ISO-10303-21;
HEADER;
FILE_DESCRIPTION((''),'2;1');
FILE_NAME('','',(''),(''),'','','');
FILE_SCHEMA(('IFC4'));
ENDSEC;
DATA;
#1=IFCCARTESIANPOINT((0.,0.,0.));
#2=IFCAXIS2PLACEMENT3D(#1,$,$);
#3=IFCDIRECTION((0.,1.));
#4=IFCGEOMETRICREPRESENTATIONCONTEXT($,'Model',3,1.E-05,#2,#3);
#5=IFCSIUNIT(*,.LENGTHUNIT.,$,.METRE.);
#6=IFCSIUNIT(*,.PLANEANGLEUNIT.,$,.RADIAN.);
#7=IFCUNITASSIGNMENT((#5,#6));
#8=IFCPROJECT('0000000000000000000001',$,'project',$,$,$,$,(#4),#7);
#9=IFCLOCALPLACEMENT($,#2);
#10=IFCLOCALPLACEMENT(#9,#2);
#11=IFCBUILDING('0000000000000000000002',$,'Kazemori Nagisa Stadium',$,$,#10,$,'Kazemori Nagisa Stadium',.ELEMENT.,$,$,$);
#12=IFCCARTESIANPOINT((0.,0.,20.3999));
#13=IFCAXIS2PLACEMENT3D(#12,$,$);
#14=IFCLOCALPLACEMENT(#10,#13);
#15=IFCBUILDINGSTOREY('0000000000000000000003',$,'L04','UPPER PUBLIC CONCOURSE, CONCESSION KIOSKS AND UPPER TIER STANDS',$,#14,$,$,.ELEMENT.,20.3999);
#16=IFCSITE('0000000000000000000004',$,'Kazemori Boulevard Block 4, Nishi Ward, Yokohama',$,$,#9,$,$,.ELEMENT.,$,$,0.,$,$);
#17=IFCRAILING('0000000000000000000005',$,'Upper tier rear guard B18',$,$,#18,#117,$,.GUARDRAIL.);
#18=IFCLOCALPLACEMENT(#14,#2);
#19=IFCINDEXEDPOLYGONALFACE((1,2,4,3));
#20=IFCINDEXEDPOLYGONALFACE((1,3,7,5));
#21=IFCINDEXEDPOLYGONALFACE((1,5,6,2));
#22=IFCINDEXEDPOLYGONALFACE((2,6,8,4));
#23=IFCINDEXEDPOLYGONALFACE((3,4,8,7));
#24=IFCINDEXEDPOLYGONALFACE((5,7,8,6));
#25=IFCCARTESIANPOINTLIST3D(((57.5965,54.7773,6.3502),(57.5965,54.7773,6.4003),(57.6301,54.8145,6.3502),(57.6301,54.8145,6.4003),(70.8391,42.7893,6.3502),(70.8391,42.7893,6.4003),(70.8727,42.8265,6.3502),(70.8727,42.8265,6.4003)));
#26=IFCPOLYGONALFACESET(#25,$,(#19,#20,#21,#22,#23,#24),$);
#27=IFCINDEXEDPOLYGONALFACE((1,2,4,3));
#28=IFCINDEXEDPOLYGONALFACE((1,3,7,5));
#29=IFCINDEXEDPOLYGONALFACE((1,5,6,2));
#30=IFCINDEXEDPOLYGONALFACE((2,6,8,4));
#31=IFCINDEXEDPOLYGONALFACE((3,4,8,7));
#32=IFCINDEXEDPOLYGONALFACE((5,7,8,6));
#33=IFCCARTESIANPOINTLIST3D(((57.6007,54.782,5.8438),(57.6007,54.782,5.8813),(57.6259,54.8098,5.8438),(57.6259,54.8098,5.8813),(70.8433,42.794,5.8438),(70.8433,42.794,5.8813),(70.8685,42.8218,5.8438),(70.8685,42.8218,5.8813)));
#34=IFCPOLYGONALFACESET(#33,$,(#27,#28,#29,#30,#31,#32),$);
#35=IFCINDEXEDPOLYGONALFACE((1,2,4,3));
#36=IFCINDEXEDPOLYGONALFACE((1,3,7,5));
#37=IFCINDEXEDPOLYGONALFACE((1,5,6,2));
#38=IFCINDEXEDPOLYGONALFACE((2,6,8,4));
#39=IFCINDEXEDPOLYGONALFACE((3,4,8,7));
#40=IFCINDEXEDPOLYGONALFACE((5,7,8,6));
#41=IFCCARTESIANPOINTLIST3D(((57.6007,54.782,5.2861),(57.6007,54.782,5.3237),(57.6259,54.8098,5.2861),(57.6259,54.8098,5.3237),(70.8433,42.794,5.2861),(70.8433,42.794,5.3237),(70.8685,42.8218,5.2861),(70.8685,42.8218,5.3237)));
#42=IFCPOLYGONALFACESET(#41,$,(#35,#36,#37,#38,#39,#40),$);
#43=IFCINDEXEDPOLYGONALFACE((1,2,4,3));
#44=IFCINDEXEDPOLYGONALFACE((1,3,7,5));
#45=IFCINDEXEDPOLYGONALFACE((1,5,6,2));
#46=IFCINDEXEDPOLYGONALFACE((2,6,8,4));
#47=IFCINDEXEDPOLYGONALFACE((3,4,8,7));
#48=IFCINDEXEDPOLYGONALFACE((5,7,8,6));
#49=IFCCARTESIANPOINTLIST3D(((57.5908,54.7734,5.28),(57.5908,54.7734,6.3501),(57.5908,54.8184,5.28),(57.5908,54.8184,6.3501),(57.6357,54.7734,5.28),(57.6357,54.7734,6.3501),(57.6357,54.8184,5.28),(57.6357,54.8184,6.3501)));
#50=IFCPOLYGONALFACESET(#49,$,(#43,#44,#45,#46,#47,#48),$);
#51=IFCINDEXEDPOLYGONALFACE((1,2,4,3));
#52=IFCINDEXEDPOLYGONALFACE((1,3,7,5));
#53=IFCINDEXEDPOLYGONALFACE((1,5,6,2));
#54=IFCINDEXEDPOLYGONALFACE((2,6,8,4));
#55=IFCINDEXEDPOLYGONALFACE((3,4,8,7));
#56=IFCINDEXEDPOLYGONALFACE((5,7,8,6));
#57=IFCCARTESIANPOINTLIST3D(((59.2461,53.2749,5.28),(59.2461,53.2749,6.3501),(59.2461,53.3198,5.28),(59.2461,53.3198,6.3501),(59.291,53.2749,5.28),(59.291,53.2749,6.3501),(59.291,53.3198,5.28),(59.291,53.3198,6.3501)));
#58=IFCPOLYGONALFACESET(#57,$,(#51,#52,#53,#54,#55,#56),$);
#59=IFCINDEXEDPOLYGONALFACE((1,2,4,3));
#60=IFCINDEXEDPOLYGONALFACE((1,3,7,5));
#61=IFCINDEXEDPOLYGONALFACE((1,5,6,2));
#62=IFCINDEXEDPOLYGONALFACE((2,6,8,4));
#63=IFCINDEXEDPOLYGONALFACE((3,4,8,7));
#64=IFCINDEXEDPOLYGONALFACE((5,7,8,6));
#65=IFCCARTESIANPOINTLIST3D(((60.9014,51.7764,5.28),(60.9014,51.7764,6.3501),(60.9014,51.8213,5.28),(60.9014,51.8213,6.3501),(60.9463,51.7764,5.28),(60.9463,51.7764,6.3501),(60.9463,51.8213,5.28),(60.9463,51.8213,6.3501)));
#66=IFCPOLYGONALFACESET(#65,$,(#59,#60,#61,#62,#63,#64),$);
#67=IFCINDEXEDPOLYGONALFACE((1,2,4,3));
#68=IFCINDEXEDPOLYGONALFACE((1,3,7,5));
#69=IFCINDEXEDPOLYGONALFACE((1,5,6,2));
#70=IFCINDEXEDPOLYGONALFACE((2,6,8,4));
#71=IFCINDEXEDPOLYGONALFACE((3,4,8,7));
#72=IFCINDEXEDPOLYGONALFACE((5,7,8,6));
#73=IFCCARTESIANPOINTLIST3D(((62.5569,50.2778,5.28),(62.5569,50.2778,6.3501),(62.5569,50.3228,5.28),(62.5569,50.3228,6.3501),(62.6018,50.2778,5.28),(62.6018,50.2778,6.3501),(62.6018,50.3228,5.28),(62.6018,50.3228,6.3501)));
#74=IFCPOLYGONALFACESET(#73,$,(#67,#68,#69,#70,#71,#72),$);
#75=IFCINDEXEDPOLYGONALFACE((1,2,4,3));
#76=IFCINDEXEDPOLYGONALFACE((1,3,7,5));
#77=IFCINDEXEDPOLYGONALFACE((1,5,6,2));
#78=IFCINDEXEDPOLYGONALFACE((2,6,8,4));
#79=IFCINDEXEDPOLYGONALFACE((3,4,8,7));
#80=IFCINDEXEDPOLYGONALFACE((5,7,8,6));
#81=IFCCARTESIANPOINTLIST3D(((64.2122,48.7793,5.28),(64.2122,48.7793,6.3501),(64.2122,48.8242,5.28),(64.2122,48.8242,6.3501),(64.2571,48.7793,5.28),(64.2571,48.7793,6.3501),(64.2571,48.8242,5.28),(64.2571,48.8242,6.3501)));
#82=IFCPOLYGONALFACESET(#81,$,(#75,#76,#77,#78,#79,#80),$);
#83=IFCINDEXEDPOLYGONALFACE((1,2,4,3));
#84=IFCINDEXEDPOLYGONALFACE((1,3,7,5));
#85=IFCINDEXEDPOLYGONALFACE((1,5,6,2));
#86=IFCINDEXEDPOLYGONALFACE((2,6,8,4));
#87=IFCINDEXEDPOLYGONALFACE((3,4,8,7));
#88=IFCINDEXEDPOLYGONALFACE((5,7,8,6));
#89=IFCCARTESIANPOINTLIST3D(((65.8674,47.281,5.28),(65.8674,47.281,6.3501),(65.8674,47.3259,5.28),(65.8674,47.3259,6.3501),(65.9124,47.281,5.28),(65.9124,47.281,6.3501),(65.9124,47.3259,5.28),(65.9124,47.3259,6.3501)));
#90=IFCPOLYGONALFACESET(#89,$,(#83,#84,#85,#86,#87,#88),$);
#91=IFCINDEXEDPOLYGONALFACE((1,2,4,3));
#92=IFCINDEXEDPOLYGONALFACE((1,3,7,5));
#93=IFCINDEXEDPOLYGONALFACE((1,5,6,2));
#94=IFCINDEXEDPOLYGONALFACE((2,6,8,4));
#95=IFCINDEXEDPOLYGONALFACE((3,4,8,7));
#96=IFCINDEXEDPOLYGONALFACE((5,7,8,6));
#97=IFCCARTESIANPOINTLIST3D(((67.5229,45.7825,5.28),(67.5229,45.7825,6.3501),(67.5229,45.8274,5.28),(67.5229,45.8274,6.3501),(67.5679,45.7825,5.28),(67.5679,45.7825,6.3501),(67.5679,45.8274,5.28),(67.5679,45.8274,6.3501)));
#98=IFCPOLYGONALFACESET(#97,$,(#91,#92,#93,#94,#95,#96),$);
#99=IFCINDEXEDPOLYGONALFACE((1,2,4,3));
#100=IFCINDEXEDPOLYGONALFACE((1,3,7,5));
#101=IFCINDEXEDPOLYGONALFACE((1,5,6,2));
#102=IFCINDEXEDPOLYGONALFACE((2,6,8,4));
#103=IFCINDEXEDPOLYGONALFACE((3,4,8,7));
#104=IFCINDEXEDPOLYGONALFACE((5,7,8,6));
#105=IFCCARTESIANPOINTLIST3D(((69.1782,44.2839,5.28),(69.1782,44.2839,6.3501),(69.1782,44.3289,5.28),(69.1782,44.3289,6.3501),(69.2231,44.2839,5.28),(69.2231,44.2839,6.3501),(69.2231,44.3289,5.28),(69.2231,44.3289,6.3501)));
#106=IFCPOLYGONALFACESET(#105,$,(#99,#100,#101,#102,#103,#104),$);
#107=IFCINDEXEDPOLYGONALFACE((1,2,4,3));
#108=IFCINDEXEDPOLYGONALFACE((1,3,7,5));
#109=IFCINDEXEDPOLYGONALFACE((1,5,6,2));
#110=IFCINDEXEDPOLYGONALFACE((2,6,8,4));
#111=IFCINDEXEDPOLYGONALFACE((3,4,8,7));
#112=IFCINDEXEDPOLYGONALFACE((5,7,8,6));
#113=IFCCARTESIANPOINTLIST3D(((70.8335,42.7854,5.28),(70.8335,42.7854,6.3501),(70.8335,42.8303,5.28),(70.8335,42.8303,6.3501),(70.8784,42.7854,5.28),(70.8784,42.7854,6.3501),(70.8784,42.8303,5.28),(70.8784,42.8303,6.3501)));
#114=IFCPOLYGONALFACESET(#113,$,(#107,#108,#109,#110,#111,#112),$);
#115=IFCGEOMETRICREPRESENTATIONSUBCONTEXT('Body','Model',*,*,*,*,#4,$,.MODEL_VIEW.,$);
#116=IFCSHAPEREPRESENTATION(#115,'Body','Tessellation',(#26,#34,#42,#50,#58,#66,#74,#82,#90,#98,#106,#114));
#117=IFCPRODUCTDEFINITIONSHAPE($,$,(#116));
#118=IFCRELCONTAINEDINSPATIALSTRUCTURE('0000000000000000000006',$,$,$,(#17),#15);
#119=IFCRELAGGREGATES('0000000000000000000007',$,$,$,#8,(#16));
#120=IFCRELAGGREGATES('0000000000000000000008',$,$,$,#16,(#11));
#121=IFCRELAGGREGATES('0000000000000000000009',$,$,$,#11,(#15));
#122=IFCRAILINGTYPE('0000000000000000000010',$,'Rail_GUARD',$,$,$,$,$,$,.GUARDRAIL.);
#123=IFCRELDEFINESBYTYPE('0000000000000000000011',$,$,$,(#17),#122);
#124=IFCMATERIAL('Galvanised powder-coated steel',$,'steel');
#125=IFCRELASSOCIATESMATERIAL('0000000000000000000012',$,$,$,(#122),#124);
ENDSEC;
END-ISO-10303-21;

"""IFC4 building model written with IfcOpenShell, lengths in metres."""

from ifc_helpers import new_model, si_unit, direction, frame, origin, origin_2d, place, context, subcontext, project, spatial, rectangle, extrude, material, type_object, element, save


model = new_model("IFC4")

# Units and contexts
model_context = context("Model", 3, precision=1e-05, world=origin(), true_north=direction((0.0, 1.0)))
body_context = subcontext(model_context, "Body", "Model", "MODEL_VIEW")
ifc_project = project(units=[si_unit("LENGTHUNIT", "METRE"), si_unit("PLANEANGLEUNIT", "RADIAN")], contexts=[model_context])

# Site, building, storey
site_placement = place(None, origin())
site = spatial("IfcSite", under=ifc_project, at=site_placement, Name="Kazemori Boulevard Block 4, Nishi Ward, Yokohama", CompositionType="ELEMENT", RefElevation=0.0)
building_placement = place(site_placement, origin())
building = spatial("IfcBuilding", under=site, at=building_placement, Name="Kazemori Nagisa Stadium", LongName="Kazemori Nagisa Stadium", CompositionType="ELEMENT")
storey_placement = place(building_placement, frame((0.0, 0.0, 20.3999)))
storey = spatial("IfcBuildingStorey", under=building, at=storey_placement, Name="L04", Description="UPPER PUBLIC CONCOURSE, CONCESSION KIOSKS AND UPPER TIER STANDS", CompositionType="ELEMENT", Elevation=20.3999)

# Railing
ifc_material_1 = material(Name="Galvanised powder-coated steel", Category="steel")
railing_type_1 = type_object("IfcRailingType", Name="Rail_GUARD", PredefinedType="GUARDRAIL", material=ifc_material_1)
railing_1_placement = place(storey_placement, frame((57.6133, 54.7959, 5.28)))
element("IfcRailing", 1, at=railing_1_placement, inside=storey, type_object=railing_type_1, Name="Upper tier rear guard B18", PredefinedType="GUARDRAIL", context=body_context, shape_type="SweptSolid", body=[
    extrude(rectangle(XDim=0.05, YDim=0.05, at=origin_2d()), frame((0.0, 0.0, 1.0952), z_axis=(0.741353, -0.671115, 0.0), x_axis=(0.671115, 0.741353, 0.0)), (0.0, 0.0, 1.0), 17.8628),
    extrude(rectangle(XDim=0.0376, YDim=0.0376, at=origin_2d()), frame((0.0, 0.0, 0.5825), z_axis=(0.741353, -0.671115, 0.0), x_axis=(0.671115, 0.741353, 0.0)), (0.0, 0.0, 1.0), 17.8628),
    extrude(rectangle(XDim=0.0376, YDim=0.0376, at=origin_2d()), frame((0.0, 0.0, 0.0249), z_axis=(0.741353, -0.671115, 0.0), x_axis=(0.671115, 0.741353, 0.0)), (0.0, 0.0, 1.0), 17.8628),
    extrude(rectangle(XDim=0.0449, YDim=0.0449, at=origin_2d()), origin(), (0.0, 0.0, 1.0), 1.0701),
    extrude(rectangle(XDim=0.0449, YDim=0.0449, at=origin_2d()), frame((1.6553, -1.4985, 0.0)), (0.0, 0.0, 1.0), 1.0701),
    extrude(rectangle(XDim=0.0449, YDim=0.0449, at=origin_2d()), frame((3.3105, -2.9971, 0.0)), (0.0, 0.0, 1.0), 1.0701),
    extrude(rectangle(XDim=0.0449, YDim=0.0449, at=origin_2d()), frame((4.9661, -4.4956, 0.0)), (0.0, 0.0, 1.0), 1.0701),
    extrude(rectangle(XDim=0.0449, YDim=0.0449, at=origin_2d()), frame((6.6213, -5.9941, 0.0)), (0.0, 0.0, 1.0), 1.0701),
    extrude(rectangle(XDim=0.0449, YDim=0.0449, at=origin_2d()), frame((8.2766, -7.4924, 0.0)), (0.0, 0.0, 1.0), 1.0701),
    extrude(rectangle(XDim=0.0449, YDim=0.0449, at=origin_2d()), frame((9.9321, -8.991, 0.0)), (0.0, 0.0, 1.0), 1.0701),
    extrude(rectangle(XDim=0.0449, YDim=0.0449, at=origin_2d()), frame((11.5874, -10.4895, 0.0)), (0.0, 0.0, 1.0), 1.0701),
    extrude(rectangle(XDim=0.0449, YDim=0.0449, at=origin_2d()), frame((13.2427, -11.988, 0.0)), (0.0, 0.0, 1.0), 1.0701),
])

save(model, "model.ifc")
